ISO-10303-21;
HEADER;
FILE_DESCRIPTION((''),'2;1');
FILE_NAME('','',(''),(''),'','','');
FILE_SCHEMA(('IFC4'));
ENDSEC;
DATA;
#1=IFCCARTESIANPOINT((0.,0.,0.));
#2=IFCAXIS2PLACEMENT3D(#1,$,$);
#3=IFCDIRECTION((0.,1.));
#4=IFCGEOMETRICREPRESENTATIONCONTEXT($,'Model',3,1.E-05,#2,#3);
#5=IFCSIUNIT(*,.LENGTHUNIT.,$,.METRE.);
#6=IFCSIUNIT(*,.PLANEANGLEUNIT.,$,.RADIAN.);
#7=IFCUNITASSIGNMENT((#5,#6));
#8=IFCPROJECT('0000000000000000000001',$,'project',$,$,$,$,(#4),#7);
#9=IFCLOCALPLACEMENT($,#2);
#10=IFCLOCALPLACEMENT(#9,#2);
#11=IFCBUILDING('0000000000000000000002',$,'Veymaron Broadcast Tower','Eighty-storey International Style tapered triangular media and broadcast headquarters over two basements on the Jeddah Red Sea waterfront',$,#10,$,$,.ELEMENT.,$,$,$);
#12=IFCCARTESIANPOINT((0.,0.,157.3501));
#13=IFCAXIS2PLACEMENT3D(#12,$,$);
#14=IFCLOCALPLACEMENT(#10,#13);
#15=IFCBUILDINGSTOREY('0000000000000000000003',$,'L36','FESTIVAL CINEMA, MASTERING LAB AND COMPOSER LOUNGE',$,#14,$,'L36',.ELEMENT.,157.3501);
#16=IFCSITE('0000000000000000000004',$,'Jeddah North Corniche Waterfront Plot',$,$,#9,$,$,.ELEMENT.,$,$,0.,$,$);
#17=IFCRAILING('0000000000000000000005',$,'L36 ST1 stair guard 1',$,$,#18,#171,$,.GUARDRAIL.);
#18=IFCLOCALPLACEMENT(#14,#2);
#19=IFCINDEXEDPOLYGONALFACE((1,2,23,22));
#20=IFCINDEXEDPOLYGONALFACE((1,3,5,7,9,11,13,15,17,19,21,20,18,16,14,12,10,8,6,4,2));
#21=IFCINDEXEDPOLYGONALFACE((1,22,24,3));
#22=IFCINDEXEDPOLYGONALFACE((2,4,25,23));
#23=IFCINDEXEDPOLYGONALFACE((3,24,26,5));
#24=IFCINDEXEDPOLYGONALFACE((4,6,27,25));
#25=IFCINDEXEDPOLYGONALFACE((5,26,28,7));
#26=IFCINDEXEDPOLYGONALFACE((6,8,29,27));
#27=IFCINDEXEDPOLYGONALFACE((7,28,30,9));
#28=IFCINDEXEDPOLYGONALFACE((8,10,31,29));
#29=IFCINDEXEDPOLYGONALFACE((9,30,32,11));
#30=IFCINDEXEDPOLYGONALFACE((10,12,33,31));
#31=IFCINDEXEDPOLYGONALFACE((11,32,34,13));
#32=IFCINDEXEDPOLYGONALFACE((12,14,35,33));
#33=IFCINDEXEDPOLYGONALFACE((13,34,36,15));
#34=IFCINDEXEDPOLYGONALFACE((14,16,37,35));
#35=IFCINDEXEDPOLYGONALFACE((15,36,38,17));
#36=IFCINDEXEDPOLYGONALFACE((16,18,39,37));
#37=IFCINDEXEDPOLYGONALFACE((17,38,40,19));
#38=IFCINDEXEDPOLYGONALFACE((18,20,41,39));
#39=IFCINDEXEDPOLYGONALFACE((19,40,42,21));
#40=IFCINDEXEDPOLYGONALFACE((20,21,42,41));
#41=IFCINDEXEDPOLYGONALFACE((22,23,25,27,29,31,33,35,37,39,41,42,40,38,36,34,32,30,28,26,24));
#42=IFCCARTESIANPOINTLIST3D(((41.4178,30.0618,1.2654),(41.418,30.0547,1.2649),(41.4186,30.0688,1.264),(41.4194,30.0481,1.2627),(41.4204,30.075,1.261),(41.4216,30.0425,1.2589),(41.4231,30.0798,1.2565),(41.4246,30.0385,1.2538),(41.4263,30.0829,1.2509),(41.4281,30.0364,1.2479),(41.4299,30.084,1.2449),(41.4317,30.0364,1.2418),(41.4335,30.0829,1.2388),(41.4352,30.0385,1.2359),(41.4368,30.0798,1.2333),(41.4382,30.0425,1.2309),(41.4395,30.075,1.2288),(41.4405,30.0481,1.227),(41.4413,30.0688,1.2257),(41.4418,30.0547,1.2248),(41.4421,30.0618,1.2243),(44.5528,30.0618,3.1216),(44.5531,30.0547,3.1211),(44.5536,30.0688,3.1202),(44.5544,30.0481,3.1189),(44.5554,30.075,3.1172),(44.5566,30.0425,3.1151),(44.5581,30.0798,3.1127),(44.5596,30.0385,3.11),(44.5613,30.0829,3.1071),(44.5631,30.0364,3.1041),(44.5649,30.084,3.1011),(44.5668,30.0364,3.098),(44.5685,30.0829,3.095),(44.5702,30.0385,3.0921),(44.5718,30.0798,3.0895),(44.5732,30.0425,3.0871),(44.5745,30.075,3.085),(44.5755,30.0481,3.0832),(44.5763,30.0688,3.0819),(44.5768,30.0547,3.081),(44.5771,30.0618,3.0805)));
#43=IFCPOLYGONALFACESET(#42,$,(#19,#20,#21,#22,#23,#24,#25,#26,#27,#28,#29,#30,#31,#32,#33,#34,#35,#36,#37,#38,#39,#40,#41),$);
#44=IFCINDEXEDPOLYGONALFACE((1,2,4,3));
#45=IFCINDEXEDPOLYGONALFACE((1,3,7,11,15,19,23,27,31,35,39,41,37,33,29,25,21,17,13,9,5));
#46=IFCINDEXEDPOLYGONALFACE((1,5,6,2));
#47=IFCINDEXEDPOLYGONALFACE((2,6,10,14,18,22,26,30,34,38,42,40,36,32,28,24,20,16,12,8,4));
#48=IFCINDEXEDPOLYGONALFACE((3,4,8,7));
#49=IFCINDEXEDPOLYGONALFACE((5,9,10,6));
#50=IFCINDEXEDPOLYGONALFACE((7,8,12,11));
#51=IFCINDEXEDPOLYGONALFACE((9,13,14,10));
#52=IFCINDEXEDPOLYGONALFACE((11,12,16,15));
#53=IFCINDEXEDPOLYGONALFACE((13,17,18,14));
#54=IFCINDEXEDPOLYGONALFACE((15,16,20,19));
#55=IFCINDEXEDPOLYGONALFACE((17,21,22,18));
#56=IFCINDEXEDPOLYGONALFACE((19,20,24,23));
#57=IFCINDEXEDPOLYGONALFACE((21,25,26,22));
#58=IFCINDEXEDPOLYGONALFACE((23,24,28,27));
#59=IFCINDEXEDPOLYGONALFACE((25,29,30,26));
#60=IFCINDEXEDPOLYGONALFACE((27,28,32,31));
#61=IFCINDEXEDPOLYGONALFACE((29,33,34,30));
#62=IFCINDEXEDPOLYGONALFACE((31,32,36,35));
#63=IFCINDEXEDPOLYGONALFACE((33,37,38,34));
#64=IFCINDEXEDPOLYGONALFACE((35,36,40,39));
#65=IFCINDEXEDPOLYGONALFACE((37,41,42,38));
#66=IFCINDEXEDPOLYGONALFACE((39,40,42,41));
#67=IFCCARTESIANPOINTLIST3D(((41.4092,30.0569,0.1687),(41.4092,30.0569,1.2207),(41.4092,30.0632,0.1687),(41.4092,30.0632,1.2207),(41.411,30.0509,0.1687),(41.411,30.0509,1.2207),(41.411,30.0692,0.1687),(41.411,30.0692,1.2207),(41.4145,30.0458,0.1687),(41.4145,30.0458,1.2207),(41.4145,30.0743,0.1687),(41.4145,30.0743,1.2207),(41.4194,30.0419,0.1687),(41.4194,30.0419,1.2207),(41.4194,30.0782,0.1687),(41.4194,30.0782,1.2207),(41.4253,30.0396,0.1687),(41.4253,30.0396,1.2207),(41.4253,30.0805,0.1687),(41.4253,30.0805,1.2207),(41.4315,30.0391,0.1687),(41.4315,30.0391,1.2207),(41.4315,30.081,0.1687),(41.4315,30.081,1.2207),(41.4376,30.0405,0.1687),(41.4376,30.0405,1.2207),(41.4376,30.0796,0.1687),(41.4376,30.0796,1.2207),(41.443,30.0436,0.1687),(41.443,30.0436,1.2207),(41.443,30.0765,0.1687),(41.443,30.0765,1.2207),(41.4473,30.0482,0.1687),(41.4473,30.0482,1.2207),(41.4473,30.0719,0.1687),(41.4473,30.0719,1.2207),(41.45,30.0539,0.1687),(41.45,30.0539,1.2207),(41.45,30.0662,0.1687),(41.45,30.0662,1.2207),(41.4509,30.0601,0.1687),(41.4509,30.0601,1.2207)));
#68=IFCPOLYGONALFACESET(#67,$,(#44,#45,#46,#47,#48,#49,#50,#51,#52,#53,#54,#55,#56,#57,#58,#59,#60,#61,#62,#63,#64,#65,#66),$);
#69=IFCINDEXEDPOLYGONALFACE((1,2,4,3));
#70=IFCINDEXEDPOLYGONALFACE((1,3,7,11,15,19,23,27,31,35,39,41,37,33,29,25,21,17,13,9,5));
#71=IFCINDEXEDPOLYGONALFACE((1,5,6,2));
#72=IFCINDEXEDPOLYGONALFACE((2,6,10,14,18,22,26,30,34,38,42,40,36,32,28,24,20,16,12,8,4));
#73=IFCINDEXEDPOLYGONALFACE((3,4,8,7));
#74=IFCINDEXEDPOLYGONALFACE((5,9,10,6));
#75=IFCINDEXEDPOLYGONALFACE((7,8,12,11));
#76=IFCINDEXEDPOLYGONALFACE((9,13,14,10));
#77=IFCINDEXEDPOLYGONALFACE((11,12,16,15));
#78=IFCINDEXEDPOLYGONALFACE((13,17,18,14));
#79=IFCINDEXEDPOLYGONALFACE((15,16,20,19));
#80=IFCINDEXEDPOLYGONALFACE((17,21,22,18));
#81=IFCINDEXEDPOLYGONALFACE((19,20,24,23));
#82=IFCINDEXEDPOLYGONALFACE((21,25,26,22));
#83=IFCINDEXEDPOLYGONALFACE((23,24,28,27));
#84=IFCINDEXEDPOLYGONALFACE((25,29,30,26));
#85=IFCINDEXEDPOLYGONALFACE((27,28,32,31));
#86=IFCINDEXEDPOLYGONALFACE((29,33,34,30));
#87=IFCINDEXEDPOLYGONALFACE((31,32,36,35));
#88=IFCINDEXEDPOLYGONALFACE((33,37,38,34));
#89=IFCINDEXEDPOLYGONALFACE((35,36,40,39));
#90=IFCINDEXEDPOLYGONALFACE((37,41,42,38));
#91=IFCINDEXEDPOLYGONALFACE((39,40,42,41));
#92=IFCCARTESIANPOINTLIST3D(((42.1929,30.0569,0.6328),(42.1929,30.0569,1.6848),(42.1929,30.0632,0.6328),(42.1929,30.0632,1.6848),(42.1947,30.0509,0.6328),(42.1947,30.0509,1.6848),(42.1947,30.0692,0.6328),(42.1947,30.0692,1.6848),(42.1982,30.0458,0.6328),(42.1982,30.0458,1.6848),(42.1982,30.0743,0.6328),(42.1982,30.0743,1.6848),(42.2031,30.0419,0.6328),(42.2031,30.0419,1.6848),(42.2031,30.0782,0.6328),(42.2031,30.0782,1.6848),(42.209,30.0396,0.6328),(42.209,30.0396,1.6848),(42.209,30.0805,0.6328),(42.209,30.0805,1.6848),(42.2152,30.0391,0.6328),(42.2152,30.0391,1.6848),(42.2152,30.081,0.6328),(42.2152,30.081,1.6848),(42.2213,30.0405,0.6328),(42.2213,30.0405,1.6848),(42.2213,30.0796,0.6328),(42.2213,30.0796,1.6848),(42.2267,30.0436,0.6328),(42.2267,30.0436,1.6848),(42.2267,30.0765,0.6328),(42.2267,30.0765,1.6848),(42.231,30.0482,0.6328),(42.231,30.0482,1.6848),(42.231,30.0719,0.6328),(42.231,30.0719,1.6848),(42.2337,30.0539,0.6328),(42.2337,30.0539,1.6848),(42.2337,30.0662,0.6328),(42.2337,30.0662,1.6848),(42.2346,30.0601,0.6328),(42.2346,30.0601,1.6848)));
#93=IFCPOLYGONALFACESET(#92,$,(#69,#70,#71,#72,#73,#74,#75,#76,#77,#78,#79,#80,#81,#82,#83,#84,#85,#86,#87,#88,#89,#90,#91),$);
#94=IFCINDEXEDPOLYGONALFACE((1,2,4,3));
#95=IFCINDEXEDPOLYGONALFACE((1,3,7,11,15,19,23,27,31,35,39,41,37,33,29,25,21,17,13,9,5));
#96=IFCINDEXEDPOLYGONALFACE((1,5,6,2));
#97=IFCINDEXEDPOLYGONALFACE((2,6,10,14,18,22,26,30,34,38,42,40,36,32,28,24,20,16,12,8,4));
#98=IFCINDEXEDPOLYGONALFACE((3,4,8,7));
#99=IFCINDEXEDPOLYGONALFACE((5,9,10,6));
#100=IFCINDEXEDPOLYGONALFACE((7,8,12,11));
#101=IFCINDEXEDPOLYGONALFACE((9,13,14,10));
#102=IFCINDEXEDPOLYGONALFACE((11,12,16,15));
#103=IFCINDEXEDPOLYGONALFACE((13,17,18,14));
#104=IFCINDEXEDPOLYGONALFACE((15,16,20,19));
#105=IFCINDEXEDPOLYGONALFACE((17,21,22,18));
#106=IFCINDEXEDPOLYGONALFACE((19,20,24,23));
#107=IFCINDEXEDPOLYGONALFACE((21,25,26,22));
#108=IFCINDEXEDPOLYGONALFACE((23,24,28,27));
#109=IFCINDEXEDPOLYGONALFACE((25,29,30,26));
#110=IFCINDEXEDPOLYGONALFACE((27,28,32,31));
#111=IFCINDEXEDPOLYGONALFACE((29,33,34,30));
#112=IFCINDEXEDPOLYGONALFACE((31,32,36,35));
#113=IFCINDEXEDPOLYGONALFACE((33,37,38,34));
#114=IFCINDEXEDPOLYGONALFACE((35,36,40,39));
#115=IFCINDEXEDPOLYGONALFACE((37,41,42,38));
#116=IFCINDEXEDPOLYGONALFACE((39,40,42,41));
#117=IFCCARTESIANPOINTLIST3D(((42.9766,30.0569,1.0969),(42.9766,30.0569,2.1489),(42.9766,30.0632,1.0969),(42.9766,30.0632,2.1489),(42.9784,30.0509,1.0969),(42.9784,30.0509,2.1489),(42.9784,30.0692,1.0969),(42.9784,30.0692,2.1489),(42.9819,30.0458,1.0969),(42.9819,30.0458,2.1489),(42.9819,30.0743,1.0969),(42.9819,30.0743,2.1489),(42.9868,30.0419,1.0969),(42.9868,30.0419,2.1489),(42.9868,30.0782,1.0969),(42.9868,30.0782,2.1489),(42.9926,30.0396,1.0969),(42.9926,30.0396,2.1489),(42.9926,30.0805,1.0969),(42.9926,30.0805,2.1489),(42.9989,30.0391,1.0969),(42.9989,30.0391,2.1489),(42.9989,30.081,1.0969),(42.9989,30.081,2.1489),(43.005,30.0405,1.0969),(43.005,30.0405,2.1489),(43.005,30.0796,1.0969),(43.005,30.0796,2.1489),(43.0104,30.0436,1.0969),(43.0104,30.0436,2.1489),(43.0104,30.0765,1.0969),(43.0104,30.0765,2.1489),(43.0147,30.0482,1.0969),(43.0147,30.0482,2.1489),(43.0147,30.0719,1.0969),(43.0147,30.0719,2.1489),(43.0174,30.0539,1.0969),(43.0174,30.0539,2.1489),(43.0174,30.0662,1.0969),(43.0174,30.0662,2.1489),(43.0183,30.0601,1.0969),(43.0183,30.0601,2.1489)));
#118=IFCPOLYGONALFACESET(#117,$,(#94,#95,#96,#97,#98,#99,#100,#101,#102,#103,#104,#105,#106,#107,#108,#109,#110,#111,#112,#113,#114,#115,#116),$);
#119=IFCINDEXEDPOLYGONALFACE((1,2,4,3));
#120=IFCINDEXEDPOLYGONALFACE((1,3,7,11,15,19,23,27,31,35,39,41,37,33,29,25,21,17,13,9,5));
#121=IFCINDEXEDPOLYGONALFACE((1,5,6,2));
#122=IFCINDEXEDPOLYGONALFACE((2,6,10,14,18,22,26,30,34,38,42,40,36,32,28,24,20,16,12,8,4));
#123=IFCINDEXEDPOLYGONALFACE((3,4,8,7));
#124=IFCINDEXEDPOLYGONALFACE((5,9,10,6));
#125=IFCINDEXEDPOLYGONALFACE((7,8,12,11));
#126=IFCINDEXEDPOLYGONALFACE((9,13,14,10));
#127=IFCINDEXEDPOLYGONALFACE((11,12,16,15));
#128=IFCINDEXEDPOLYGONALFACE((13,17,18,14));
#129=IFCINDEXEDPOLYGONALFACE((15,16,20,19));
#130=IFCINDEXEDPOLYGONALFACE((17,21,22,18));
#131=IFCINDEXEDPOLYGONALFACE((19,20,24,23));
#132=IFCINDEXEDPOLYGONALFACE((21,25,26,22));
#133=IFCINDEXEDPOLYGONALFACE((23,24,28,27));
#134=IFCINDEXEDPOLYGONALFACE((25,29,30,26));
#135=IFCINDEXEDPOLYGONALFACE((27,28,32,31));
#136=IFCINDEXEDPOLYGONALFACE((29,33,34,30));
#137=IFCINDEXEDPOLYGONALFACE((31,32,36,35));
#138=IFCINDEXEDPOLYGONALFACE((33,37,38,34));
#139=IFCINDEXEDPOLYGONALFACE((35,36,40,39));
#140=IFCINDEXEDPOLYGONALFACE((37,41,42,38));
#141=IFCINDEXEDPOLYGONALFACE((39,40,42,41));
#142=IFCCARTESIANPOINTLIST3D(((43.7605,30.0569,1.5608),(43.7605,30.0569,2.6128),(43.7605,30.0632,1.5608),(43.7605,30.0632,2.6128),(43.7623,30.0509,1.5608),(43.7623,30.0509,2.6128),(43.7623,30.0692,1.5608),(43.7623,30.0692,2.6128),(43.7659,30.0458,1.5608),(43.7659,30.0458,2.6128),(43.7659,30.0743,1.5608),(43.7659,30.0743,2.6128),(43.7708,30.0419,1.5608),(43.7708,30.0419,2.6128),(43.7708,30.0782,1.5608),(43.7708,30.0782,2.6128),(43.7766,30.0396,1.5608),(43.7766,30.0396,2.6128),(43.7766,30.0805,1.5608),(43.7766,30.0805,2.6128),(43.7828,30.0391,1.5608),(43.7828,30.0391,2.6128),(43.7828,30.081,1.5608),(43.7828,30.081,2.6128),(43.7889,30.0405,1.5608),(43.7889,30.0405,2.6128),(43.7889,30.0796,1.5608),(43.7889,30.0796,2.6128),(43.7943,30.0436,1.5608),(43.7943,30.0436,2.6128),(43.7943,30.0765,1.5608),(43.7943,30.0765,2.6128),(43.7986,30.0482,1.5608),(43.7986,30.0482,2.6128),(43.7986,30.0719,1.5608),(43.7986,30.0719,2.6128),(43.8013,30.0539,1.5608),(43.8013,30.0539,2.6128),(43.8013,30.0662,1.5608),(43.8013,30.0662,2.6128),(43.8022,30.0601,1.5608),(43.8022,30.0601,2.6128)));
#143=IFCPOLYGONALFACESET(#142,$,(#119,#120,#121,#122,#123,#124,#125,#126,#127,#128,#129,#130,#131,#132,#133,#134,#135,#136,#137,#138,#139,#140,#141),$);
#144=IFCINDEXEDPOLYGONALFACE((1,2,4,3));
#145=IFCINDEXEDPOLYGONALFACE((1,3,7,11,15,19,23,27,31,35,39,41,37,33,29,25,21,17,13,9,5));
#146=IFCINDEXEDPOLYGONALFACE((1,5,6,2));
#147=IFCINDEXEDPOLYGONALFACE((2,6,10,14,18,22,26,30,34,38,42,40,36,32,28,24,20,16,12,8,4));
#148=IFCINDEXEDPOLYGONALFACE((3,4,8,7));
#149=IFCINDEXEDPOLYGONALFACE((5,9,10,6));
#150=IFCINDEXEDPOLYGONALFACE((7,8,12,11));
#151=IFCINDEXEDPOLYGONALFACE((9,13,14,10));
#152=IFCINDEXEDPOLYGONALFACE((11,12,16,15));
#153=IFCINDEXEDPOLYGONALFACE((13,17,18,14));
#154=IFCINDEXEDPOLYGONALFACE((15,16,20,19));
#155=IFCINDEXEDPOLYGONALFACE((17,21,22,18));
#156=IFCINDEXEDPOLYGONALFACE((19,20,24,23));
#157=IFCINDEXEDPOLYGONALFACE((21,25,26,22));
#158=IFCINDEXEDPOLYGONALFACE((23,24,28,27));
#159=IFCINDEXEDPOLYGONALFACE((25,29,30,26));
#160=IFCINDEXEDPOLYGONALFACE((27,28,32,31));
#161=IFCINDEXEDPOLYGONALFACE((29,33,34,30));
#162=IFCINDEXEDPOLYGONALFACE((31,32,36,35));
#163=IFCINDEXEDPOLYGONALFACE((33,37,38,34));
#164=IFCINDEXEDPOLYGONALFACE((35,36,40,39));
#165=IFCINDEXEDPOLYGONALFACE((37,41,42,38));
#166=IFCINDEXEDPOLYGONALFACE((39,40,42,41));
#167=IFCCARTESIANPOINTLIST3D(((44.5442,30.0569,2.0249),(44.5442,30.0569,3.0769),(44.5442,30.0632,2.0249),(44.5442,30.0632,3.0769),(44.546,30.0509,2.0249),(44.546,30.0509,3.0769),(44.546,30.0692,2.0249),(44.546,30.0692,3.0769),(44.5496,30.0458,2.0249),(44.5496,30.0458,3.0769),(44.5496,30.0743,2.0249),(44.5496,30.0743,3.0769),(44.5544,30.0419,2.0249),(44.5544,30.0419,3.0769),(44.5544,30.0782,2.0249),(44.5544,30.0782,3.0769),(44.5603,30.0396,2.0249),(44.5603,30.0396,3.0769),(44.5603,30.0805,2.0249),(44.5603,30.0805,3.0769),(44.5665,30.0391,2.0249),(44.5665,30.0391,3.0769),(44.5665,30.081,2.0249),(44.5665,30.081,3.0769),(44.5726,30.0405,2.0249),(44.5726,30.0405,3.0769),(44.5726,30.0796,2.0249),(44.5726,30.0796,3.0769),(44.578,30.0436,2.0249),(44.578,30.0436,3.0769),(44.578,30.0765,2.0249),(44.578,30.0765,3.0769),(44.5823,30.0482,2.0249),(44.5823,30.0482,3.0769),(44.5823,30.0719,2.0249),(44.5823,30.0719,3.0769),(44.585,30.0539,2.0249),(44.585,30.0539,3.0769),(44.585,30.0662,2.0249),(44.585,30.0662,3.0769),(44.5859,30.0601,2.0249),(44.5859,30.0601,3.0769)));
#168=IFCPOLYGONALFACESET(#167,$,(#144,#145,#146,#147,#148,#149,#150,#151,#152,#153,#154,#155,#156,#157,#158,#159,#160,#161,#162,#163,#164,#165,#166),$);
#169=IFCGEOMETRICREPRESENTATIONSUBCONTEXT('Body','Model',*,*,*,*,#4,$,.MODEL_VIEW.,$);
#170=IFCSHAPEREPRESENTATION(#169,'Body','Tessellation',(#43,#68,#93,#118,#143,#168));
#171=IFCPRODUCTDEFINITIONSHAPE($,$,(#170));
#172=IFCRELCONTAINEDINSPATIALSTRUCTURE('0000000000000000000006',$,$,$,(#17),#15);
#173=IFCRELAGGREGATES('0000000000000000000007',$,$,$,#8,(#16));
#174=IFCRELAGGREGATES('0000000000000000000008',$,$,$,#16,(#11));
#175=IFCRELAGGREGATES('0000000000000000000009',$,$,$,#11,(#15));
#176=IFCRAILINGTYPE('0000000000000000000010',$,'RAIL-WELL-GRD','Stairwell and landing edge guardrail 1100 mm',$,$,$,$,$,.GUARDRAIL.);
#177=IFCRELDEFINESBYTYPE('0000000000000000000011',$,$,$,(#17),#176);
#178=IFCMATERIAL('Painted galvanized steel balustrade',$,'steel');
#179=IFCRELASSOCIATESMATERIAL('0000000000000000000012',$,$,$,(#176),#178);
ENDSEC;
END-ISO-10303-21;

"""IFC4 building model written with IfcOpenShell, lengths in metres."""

from ifc_helpers import new_model, si_unit, direction, frame, origin, origin_2d, place, context, subcontext, project, spatial, circle, extrude, material, type_object, element, save


model = new_model("IFC4")

# Units and contexts
model_context = context("Model", 3, precision=1e-05, world=origin(), true_north=direction((0.0, 1.0)))
body_context = subcontext(model_context, "Body", "Model", "MODEL_VIEW")
ifc_project = project(units=[si_unit("LENGTHUNIT", "METRE"), si_unit("PLANEANGLEUNIT", "RADIAN")], contexts=[model_context])

# Site, building, storey
site_placement = place(None, origin())
site = spatial("IfcSite", under=ifc_project, at=site_placement, Name="Jeddah North Corniche Waterfront Plot", CompositionType="ELEMENT", RefElevation=0.0)
building_placement = place(site_placement, origin())
building = spatial("IfcBuilding", under=site, at=building_placement, Name="Veymaron Broadcast Tower", Description="Eighty-storey International Style tapered triangular media and broadcast headquarters over two basements on the Jeddah Red Sea waterfront", CompositionType="ELEMENT")
storey_placement = place(building_placement, frame((0.0, 0.0, 157.3501)))
storey = spatial("IfcBuildingStorey", under=building, at=storey_placement, Name="L36", Description="FESTIVAL CINEMA, MASTERING LAB AND COMPOSER LOUNGE", LongName="L36", CompositionType="ELEMENT", Elevation=157.3501)

# Railing
ifc_material_1 = material(Name="Painted galvanized steel balustrade", Category="steel")
railing_type_1 = type_object("IfcRailingType", Name="RAIL-WELL-GRD", Description="Stairwell and landing edge guardrail 1100 mm", PredefinedType="GUARDRAIL", material=ifc_material_1)
railing_1_placement = place(storey_placement, frame((41.4299, 30.0601, 0.1687)))
element("IfcRailing", 1, at=railing_1_placement, inside=storey, type_object=railing_type_1, Name="L36 ST1 stair guard 1", PredefinedType="GUARDRAIL", context=body_context, shape_type="SweptSolid", body=[
    extrude(circle(Radius=0.0239, at=origin_2d()), frame((0.0, 0.0, 1.0762), z_axis=(0.860482, 0.0, 0.509481), x_axis=(0.0, 1.0, 0.0)), (0.0, 0.0, 1.0), 3.6433),
    extrude(circle(Radius=0.021, at=origin_2d()), origin(), (0.0, 0.0, 1.0), 1.052),
    extrude(circle(Radius=0.021, at=origin_2d()), frame((0.7837, 0.0, 0.4641)), (0.0, 0.0, 1.0), 1.052),
    extrude(circle(Radius=0.021, at=origin_2d()), frame((1.5674, 0.0, 0.9282)), (0.0, 0.0, 1.0), 1.052),
    extrude(circle(Radius=0.021, at=origin_2d()), frame((2.3513, 0.0, 1.3921)), (0.0, 0.0, 1.0), 1.052),
    extrude(circle(Radius=0.021, at=origin_2d()), frame((3.135, 0.0, 1.8562)), (0.0, 0.0, 1.0), 1.052),
])

save(model, "model.ifc")
